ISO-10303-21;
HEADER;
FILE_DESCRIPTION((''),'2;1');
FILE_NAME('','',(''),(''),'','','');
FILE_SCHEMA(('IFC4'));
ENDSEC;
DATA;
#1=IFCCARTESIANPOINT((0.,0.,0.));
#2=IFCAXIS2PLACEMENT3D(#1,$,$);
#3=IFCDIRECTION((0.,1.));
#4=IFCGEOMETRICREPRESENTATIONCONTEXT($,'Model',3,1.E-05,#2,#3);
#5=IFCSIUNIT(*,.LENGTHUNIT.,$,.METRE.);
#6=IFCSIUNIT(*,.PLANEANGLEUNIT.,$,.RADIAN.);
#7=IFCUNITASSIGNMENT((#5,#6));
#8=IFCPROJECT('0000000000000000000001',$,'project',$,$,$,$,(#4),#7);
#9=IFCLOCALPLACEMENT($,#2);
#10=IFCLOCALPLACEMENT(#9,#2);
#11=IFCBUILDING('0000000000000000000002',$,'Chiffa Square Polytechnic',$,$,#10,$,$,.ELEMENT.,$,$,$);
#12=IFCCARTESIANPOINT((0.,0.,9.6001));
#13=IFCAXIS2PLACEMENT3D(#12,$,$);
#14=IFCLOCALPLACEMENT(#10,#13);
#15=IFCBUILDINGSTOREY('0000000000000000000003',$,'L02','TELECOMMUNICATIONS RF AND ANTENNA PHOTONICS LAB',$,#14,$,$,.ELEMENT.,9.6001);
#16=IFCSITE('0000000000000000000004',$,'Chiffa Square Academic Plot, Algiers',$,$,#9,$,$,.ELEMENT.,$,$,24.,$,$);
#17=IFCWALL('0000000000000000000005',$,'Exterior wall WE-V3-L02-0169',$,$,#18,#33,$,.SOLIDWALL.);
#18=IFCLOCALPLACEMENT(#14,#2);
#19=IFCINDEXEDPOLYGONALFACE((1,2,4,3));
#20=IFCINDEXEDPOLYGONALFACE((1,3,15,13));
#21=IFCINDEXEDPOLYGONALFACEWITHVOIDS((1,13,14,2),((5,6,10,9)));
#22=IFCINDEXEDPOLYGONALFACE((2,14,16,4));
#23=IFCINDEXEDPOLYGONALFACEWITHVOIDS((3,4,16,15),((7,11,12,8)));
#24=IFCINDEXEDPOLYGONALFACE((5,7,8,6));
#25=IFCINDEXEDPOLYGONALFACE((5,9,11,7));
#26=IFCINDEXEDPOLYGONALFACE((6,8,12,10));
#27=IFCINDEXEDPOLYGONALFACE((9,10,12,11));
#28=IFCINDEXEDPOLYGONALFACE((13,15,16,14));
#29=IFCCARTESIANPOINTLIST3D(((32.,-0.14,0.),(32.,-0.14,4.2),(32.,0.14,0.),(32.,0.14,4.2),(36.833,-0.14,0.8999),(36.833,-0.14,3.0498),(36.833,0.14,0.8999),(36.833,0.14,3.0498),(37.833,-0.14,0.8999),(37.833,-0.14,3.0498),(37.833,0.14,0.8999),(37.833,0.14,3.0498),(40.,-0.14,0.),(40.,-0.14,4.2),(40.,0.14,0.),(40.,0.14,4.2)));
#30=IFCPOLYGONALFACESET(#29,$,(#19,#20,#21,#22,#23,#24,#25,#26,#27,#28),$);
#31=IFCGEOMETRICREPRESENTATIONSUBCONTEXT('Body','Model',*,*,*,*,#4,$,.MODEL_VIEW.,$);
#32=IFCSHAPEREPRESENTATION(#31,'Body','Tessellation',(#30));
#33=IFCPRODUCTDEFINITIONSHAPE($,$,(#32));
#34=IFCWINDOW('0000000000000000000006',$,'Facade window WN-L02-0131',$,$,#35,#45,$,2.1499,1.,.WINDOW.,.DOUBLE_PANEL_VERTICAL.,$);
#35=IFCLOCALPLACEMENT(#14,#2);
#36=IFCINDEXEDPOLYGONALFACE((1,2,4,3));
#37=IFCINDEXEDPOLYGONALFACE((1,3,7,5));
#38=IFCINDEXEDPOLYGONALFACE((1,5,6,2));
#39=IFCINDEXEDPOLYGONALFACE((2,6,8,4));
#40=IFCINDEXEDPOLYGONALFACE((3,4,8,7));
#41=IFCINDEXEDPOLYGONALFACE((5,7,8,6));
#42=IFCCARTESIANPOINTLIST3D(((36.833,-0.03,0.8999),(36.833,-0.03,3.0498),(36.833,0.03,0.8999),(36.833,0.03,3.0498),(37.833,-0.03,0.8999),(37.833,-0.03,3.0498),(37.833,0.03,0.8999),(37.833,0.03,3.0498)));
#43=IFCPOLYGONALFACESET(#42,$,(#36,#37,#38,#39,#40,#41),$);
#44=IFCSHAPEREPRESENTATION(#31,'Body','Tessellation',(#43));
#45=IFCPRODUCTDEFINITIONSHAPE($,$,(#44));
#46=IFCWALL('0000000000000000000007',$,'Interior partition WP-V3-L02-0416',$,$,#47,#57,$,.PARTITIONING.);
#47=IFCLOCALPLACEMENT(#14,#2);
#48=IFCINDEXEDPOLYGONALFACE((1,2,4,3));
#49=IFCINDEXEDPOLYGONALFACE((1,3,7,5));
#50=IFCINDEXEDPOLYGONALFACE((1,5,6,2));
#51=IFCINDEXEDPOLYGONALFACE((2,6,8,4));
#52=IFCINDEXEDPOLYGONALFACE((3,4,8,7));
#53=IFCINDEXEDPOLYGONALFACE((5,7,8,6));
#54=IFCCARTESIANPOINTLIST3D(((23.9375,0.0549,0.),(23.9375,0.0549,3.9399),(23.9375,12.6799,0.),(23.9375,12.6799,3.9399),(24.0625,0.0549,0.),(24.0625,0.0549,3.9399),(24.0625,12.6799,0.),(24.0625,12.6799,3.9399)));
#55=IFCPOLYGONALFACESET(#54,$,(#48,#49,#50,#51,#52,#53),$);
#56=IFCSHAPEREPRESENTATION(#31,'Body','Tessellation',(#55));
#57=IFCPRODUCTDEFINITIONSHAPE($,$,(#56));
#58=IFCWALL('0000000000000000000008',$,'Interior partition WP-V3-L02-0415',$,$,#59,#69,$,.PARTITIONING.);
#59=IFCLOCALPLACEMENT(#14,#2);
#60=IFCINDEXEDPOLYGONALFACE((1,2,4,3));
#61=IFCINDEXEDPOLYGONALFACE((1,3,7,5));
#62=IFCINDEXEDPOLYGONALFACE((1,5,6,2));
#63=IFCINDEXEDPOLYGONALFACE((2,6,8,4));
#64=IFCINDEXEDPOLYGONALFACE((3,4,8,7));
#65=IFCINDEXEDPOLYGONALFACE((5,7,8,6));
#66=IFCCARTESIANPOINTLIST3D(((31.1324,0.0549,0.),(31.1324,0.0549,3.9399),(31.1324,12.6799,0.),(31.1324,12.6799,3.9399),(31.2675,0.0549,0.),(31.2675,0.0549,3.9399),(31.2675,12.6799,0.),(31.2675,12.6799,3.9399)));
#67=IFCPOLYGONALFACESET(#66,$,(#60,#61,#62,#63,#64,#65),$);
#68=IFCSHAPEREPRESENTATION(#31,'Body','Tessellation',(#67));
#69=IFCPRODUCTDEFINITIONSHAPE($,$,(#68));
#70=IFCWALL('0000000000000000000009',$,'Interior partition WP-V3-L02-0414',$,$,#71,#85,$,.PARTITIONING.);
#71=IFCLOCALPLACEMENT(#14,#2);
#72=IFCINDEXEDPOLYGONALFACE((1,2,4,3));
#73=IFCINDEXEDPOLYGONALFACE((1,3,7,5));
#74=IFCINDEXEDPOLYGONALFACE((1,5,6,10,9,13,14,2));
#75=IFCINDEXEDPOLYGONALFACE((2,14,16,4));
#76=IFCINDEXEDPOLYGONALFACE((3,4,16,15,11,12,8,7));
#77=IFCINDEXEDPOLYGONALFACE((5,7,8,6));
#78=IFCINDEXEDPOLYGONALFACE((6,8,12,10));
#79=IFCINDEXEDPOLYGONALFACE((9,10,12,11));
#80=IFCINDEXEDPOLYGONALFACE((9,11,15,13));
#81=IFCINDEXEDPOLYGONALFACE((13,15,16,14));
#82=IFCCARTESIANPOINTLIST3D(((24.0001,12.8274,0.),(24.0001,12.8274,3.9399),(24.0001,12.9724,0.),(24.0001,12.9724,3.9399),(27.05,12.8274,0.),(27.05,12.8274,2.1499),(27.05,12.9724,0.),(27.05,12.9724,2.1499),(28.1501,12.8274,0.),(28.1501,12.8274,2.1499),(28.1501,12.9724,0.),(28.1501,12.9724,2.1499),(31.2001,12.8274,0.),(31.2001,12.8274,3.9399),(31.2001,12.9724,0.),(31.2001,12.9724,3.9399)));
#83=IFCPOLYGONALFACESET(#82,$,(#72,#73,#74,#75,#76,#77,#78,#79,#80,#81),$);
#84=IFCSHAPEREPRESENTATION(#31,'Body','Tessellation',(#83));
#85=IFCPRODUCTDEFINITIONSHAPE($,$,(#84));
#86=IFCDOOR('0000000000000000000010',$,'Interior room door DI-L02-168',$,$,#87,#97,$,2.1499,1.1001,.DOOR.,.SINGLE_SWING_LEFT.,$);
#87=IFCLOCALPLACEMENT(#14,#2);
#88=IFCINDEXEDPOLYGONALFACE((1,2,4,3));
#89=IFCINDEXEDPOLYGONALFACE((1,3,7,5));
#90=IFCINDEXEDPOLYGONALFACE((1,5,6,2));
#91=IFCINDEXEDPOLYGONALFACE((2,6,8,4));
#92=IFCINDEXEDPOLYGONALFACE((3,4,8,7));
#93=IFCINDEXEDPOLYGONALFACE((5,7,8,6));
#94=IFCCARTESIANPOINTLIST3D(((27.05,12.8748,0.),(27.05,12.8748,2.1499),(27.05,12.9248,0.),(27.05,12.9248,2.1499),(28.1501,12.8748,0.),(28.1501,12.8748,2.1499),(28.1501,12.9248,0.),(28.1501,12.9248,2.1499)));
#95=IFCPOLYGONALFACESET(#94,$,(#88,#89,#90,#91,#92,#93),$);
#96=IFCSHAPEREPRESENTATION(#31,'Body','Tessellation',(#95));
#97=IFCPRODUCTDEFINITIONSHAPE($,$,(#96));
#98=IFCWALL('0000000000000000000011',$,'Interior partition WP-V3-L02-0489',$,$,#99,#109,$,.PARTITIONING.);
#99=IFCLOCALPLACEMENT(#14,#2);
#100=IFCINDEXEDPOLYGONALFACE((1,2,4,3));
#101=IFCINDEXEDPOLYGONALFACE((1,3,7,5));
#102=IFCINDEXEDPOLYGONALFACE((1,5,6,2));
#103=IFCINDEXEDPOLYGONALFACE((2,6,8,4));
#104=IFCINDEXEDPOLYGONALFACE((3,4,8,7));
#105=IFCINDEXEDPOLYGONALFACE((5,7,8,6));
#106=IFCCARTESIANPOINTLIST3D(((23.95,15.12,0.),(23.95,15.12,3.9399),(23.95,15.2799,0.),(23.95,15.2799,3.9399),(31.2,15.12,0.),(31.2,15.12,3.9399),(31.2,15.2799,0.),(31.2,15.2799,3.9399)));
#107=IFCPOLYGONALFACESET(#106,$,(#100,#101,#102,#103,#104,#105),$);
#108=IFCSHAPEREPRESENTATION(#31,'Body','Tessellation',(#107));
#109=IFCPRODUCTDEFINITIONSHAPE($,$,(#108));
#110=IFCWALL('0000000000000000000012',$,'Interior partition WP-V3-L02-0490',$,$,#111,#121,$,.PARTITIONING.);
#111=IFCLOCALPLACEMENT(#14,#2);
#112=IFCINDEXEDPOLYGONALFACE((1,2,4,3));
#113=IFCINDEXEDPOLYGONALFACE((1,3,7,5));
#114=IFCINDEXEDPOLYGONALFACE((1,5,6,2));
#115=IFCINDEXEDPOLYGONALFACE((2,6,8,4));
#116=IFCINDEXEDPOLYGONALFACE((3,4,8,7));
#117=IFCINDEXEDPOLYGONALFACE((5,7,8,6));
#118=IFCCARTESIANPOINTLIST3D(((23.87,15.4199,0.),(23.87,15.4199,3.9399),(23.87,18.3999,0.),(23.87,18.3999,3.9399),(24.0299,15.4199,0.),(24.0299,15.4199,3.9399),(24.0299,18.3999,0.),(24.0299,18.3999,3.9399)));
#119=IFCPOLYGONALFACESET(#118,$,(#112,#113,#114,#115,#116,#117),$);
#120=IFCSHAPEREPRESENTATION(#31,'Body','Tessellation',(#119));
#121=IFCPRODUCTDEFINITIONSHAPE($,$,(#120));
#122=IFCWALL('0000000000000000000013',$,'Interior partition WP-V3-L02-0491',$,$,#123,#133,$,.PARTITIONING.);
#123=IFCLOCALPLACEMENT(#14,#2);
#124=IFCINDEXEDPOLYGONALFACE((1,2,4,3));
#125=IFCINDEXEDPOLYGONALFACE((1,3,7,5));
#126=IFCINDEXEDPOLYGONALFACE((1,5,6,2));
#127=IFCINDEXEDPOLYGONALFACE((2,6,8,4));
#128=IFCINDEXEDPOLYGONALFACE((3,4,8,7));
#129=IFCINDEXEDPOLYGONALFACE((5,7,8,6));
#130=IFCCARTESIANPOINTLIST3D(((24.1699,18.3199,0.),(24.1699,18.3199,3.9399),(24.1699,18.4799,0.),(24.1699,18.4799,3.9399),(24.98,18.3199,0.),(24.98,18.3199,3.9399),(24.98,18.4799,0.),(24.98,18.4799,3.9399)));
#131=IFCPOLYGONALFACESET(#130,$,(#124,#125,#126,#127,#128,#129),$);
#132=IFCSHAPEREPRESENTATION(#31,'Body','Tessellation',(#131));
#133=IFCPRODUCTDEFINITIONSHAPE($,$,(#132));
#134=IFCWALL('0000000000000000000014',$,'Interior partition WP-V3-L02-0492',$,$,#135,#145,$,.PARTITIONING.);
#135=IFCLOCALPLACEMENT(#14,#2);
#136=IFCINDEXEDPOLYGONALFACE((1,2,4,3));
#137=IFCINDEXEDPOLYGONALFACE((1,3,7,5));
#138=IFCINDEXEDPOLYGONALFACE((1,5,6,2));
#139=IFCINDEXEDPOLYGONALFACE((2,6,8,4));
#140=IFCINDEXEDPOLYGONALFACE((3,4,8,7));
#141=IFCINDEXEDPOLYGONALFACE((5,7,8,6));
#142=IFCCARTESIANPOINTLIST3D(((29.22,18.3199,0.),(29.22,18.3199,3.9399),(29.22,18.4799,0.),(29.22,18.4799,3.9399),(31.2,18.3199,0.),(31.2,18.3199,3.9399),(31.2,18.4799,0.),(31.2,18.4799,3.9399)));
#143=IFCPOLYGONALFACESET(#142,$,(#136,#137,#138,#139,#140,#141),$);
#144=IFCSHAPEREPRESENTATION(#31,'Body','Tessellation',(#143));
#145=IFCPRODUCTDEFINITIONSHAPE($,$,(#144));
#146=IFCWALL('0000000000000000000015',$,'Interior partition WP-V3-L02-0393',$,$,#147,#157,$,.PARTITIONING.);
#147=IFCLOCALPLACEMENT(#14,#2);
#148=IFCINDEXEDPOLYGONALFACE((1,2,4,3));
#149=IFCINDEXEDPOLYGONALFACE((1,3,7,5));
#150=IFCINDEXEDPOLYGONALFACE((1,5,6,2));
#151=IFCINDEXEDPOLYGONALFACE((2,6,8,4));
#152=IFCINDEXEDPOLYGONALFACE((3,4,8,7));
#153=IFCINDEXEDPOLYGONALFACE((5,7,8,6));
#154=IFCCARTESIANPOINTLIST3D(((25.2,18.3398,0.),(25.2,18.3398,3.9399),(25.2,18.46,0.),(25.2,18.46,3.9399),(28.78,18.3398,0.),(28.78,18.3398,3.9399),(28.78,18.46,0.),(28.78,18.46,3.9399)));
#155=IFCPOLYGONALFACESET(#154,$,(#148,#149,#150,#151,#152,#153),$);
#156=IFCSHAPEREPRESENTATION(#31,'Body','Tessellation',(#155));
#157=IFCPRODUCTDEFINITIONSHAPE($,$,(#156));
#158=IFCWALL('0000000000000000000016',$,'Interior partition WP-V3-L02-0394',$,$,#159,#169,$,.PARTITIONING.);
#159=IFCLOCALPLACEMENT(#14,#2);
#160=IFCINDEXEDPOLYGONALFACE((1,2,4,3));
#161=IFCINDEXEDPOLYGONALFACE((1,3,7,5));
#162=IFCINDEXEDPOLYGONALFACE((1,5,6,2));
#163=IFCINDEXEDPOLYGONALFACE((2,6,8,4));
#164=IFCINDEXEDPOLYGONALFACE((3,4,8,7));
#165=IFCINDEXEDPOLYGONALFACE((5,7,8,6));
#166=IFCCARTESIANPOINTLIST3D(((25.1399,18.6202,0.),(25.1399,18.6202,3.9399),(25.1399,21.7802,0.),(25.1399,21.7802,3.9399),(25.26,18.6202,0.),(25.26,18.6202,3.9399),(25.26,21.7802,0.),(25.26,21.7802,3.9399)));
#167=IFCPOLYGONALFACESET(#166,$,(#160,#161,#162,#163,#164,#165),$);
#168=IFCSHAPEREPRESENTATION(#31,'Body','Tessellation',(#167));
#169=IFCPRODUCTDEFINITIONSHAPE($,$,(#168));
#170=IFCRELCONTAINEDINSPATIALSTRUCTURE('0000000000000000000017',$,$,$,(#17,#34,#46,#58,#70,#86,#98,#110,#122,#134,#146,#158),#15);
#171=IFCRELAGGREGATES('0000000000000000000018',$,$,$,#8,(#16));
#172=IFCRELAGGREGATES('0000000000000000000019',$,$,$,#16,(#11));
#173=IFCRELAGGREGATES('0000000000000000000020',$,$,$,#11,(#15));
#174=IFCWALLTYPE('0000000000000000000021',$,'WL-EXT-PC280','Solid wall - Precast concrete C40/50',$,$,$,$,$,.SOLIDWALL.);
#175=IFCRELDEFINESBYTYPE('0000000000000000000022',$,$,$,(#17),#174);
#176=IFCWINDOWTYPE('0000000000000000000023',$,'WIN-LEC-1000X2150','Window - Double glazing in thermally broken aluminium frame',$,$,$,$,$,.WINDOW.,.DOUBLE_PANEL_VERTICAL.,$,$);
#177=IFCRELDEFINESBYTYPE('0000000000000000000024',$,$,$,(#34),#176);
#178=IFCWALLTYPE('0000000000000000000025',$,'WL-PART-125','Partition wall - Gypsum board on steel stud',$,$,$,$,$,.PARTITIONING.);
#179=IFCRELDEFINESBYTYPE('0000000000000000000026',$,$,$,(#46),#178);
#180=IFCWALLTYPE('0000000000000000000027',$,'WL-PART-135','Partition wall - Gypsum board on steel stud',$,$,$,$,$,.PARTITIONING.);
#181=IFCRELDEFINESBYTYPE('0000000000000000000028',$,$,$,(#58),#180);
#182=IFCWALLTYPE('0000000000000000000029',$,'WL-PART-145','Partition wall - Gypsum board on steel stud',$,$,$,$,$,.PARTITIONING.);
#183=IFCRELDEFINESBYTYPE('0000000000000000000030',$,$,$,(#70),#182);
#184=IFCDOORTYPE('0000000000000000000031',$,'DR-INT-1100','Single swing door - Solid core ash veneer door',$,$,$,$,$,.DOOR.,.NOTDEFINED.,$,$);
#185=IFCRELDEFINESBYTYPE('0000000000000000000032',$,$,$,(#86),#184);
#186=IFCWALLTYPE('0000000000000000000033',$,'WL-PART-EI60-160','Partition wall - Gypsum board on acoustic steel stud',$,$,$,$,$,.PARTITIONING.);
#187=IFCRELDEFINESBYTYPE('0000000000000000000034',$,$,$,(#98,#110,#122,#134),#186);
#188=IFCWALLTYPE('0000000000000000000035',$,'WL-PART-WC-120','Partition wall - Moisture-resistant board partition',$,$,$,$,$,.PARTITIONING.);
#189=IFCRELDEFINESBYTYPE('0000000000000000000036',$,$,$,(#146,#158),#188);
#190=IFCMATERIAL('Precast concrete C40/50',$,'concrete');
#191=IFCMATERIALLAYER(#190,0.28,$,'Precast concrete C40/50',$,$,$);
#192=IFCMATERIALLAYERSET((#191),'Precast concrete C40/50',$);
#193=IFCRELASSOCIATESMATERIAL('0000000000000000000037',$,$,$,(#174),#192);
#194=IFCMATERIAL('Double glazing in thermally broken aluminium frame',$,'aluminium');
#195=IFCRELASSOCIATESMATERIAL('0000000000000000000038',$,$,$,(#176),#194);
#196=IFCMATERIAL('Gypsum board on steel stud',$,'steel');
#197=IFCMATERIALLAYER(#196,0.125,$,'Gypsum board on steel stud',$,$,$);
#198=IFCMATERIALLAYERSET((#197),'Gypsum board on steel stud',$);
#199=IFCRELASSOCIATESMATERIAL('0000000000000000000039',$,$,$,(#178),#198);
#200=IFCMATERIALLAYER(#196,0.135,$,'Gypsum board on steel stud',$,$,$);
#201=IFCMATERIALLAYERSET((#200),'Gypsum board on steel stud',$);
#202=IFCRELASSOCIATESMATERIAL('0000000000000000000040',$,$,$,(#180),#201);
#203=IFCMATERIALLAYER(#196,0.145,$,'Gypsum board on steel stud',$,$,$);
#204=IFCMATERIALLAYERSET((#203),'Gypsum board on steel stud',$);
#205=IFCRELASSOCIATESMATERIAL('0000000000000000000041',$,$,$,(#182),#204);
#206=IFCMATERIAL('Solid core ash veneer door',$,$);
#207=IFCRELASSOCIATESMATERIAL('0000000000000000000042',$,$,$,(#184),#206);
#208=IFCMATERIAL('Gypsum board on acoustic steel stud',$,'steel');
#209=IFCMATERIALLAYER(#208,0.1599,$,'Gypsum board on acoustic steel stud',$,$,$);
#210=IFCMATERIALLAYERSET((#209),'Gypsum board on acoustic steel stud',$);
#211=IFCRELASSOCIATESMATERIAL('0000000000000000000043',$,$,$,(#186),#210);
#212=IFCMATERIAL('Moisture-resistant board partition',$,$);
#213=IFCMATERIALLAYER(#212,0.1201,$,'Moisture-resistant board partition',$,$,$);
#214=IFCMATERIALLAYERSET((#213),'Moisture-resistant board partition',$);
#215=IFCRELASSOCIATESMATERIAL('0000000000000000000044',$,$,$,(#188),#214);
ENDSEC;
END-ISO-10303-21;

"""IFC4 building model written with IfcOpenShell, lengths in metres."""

from ifc_helpers import new_model, si_unit, direction, frame, frame_2d, origin, place, context, subcontext, project, spatial, rectangle, extrude, material, layer, layer_set, type_object, element, fill, save


model = new_model("IFC4")

# Units and contexts
model_context = context("Model", 3, precision=1e-05, world=origin(), true_north=direction((0.0, 1.0)))
body_context = subcontext(model_context, "Body", "Model", "MODEL_VIEW")
ifc_project = project(units=[si_unit("LENGTHUNIT", "METRE"), si_unit("PLANEANGLEUNIT", "RADIAN")], contexts=[model_context])

# Site, building, storey
site_placement = place(None, origin())
site = spatial("IfcSite", under=ifc_project, at=site_placement, Name="Chiffa Square Academic Plot, Algiers", CompositionType="ELEMENT", RefElevation=24.0)
building_placement = place(site_placement, origin())
building = spatial("IfcBuilding", under=site, at=building_placement, Name="Chiffa Square Polytechnic", CompositionType="ELEMENT")
storey_placement = place(building_placement, frame((0.0, 0.0, 9.6001)))
storey = spatial("IfcBuildingStorey", under=building, at=storey_placement, Name="L02", Description="TELECOMMUNICATIONS RF AND ANTENNA PHOTONICS LAB", CompositionType="ELEMENT", Elevation=9.6001)

# Wall, opening, window
ifc_material_1 = material(Name="Precast concrete C40/50", Category="concrete")
ifc_layer_1 = layer(ifc_material_1, 0.28, Name="Precast concrete C40/50")
ifc_layer_set_1 = layer_set([ifc_layer_1], Name="Precast concrete C40/50")
wall_type_1 = type_object("IfcWallType", Name="WL-EXT-PC280", Description="Solid wall - Precast concrete C40/50", PredefinedType="SOLIDWALL", material=ifc_layer_set_1)
wall_1_placement = place(storey_placement, frame((32.0, 0.0, 0.0), z_axis=(0.0, 0.0, 1.0), x_axis=(1.0, 0.0, 0.0)))
wall_1 = element("IfcWall", 1, at=wall_1_placement, inside=storey, type_object=wall_type_1, Name="Exterior wall WE-V3-L02-0169", PredefinedType="SOLIDWALL", context=body_context, shape_type="SweptSolid", body=[
    extrude(rectangle(XDim=8.0, YDim=0.28, at=frame_2d((4.0, 0.0))), origin(), (0.0, 0.0, 1.0), 4.2),
])
opening_1_placement = place(wall_1_placement, frame((4.833, 0.0, 0.8999)))
opening_1 = element("IfcOpeningElement", 2, at=opening_1_placement, cuts=wall_1, PredefinedType="OPENING", context=body_context, shape_type="SweptSolid", body=[
    extrude(rectangle(XDim=1.0, YDim=2.1499, at=frame_2d((0.5, 1.075))), frame((0.0, 0.1499, 0.0), z_axis=(0.0, -1.0, 0.0), x_axis=(1.0, 0.0, 0.0)), (0.0, 0.0, 1.0), 0.3),
])
ifc_material_2 = material(Name="Double glazing in thermally broken aluminium frame", Category="aluminium")
window_type = type_object("IfcWindowType", Name="WIN-LEC-1000X2150", Description="Window - Double glazing in thermally broken aluminium frame", PartitioningType="DOUBLE_PANEL_VERTICAL", PredefinedType="WINDOW", material=ifc_material_2)
window_placement = place(opening_1_placement, origin())
window = element("IfcWindow", 3, at=window_placement, inside=storey, type_object=window_type, Name="Facade window WN-L02-0131", OverallHeight=2.1499, OverallWidth=1.0, PartitioningType="DOUBLE_PANEL_VERTICAL", PredefinedType="WINDOW", context=body_context, shape_type="SweptSolid", body=[
    extrude(rectangle(XDim=1.0, YDim=2.1499, at=frame_2d((0.5, 1.075))), frame((0.0, 0.03, 0.0), z_axis=(0.0, -1.0, 0.0), x_axis=(1.0, 0.0, 0.0)), (0.0, 0.0, 1.0), 0.0601),
])
fill(opening_1, window)

# Walls
ifc_material_3 = material(Name="Gypsum board on steel stud", Category="steel")
ifc_layer_2 = layer(ifc_material_3, 0.125, Name="Gypsum board on steel stud")
ifc_layer_set_2 = layer_set([ifc_layer_2], Name="Gypsum board on steel stud")
wall_type_2 = type_object("IfcWallType", Name="WL-PART-125", Description="Partition wall - Gypsum board on steel stud", PredefinedType="PARTITIONING", material=ifc_layer_set_2)
wall_2_placement = place(storey_placement, frame((24.0, 0.0549, 0.0), z_axis=(0.0, 0.0, 1.0), x_axis=(0.0, 1.0, 0.0)))
element("IfcWall", 4, at=wall_2_placement, inside=storey, type_object=wall_type_2, Name="Interior partition WP-V3-L02-0416", PredefinedType="PARTITIONING", context=body_context, shape_type="SweptSolid", body=[
    extrude(rectangle(XDim=12.625, YDim=0.125, at=frame_2d((6.3125, 0.0))), origin(), (0.0, 0.0, 1.0), 3.9399),
])
ifc_layer_3 = layer(ifc_material_3, 0.135, Name="Gypsum board on steel stud")
ifc_layer_set_3 = layer_set([ifc_layer_3], Name="Gypsum board on steel stud")
wall_type_3 = type_object("IfcWallType", Name="WL-PART-135", Description="Partition wall - Gypsum board on steel stud", PredefinedType="PARTITIONING", material=ifc_layer_set_3)
wall_3_placement = place(storey_placement, frame((31.2, 0.0549, 0.0), z_axis=(0.0, 0.0, 1.0), x_axis=(0.0, 1.0, 0.0)))
element("IfcWall", 5, at=wall_3_placement, inside=storey, type_object=wall_type_3, Name="Interior partition WP-V3-L02-0415", PredefinedType="PARTITIONING", context=body_context, shape_type="SweptSolid", body=[
    extrude(rectangle(XDim=12.625, YDim=0.135, at=frame_2d((6.3125, 0.0))), origin(), (0.0, 0.0, 1.0), 3.9399),
])

# Wall, opening, door
ifc_layer_4 = layer(ifc_material_3, 0.145, Name="Gypsum board on steel stud")
ifc_layer_set_4 = layer_set([ifc_layer_4], Name="Gypsum board on steel stud")
wall_type_4 = type_object("IfcWallType", Name="WL-PART-145", Description="Partition wall - Gypsum board on steel stud", PredefinedType="PARTITIONING", material=ifc_layer_set_4)
wall_4_placement = place(storey_placement, frame((24.0, 12.8999, 0.0), z_axis=(0.0, 0.0, 1.0), x_axis=(1.0, 0.0, 0.0)))
wall_4 = element("IfcWall", 6, at=wall_4_placement, inside=storey, type_object=wall_type_4, Name="Interior partition WP-V3-L02-0414", PredefinedType="PARTITIONING", context=body_context, shape_type="SweptSolid", body=[
    extrude(rectangle(XDim=7.2, YDim=0.145, at=frame_2d((3.6001, 0.0))), origin(), (0.0, 0.0, 1.0), 3.9399),
])
opening_2_placement = place(wall_4_placement, frame((3.05, 0.0, 0.0)))
opening_2 = element("IfcOpeningElement", 7, at=opening_2_placement, cuts=wall_4, PredefinedType="OPENING", context=body_context, shape_type="SweptSolid", body=[
    extrude(rectangle(XDim=1.1001, YDim=2.1499, at=frame_2d((0.55, 1.075))), frame((0.0, 0.0825, 0.0), z_axis=(0.0, -1.0, 0.0), x_axis=(1.0, 0.0, 0.0)), (0.0, 0.0, 1.0), 0.165),
])
ifc_material_4 = material(Name="Solid core ash veneer door")
door_type = type_object("IfcDoorType", Name="DR-INT-1100", Description="Single swing door - Solid core ash veneer door", OperationType="NOTDEFINED", PredefinedType="DOOR", material=ifc_material_4)
door_1_placement = place(opening_2_placement, origin())
door_1 = element("IfcDoor", 8, at=door_1_placement, inside=storey, type_object=door_type, Name="Interior room door DI-L02-168", OperationType="SINGLE_SWING_LEFT", OverallHeight=2.1499, OverallWidth=1.1001, PredefinedType="DOOR", context=body_context, shape_type="SweptSolid", body=[
    extrude(rectangle(XDim=1.1001, YDim=2.1499, at=frame_2d((0.55, 1.075))), frame((0.0, 0.0249, 0.0), z_axis=(0.0, -1.0, 0.0), x_axis=(1.0, 0.0, 0.0)), (0.0, 0.0, 1.0), 0.05),
])
fill(opening_2, door_1)

# Walls
ifc_material_5 = material(Name="Gypsum board on acoustic steel stud", Category="steel")
ifc_layer_5 = layer(ifc_material_5, 0.1599, Name="Gypsum board on acoustic steel stud")
ifc_layer_set_5 = layer_set([ifc_layer_5], Name="Gypsum board on acoustic steel stud")
wall_type_5 = type_object("IfcWallType", Name="WL-PART-EI60-160", Description="Partition wall - Gypsum board on acoustic steel stud", PredefinedType="PARTITIONING", material=ifc_layer_set_5)
wall_5_placement = place(storey_placement, frame((23.95, 15.2, 0.0), z_axis=(0.0, 0.0, 1.0), x_axis=(1.0, 0.0, 0.0)))
element("IfcWall", 9, at=wall_5_placement, inside=storey, type_object=wall_type_5, Name="Interior partition WP-V3-L02-0489", PredefinedType="PARTITIONING", context=body_context, shape_type="SweptSolid", body=[
    extrude(rectangle(XDim=7.25, YDim=0.1599, at=frame_2d((3.625, 0.0))), origin(), (0.0, 0.0, 1.0), 3.9399),
])
wall_6_placement = place(storey_placement, frame((23.95, 15.4199, 0.0), z_axis=(0.0, 0.0, 1.0), x_axis=(0.0, 1.0, 0.0)))
element("IfcWall", 10, at=wall_6_placement, inside=storey, type_object=wall_type_5, Name="Interior partition WP-V3-L02-0490", PredefinedType="PARTITIONING", context=body_context, shape_type="SweptSolid", body=[
    extrude(rectangle(XDim=2.98, YDim=0.1599, at=frame_2d((1.49, 0.0))), origin(), (0.0, 0.0, 1.0), 3.9399),
])
wall_7_placement = place(storey_placement, frame((24.1699, 18.3999, 0.0), z_axis=(0.0, 0.0, 1.0), x_axis=(1.0, 0.0, 0.0)))
element("IfcWall", 11, at=wall_7_placement, inside=storey, type_object=wall_type_5, Name="Interior partition WP-V3-L02-0491", PredefinedType="PARTITIONING", context=body_context, shape_type="SweptSolid", body=[
    extrude(rectangle(XDim=0.8101, YDim=0.1599, at=frame_2d((0.405, 0.0))), origin(), (0.0, 0.0, 1.0), 3.9399),
])
wall_8_placement = place(storey_placement, frame((29.22, 18.3999, 0.0), z_axis=(0.0, 0.0, 1.0), x_axis=(1.0, 0.0, 0.0)))
element("IfcWall", 12, at=wall_8_placement, inside=storey, type_object=wall_type_5, Name="Interior partition WP-V3-L02-0492", PredefinedType="PARTITIONING", context=body_context, shape_type="SweptSolid", body=[
    extrude(rectangle(XDim=1.98, YDim=0.1599, at=frame_2d((0.99, 0.0))), origin(), (0.0, 0.0, 1.0), 3.9399),
])

# Shared definitions
ifc_material_6 = material(Name="Moisture-resistant board partition")
ifc_layer_6 = layer(ifc_material_6, 0.1201, Name="Moisture-resistant board partition")
ifc_layer_set_6 = layer_set([ifc_layer_6], Name="Moisture-resistant board partition")
wall_type_6 = type_object("IfcWallType", Name="WL-PART-WC-120", Description="Partition wall - Moisture-resistant board partition", PredefinedType="PARTITIONING", material=ifc_layer_set_6)

# Walls
wall_9_placement = place(storey_placement, frame((25.2, 18.3999, 0.0), z_axis=(0.0, 0.0, 1.0), x_axis=(1.0, 0.0, 0.0)))
element("IfcWall", 13, at=wall_9_placement, inside=storey, type_object=wall_type_6, Name="Interior partition WP-V3-L02-0393", PredefinedType="PARTITIONING", context=body_context, shape_type="SweptSolid", body=[
    extrude(rectangle(XDim=3.5801, YDim=0.1201, at=frame_2d((1.79, 0.0))), origin(), (0.0, 0.0, 1.0), 3.9399),
])
wall_10_placement = place(storey_placement, frame((25.2, 18.6201, 0.0), z_axis=(0.0, 0.0, 1.0), x_axis=(0.0, 1.0, 0.0)))
element("IfcWall", 14, at=wall_10_placement, inside=storey, type_object=wall_type_6, Name="Interior partition WP-V3-L02-0394", PredefinedType="PARTITIONING", context=body_context, shape_type="SweptSolid", body=[
    extrude(rectangle(XDim=3.1599, YDim=0.1201, at=frame_2d((1.5801, 0.0))), origin(), (0.0, 0.0, 1.0), 3.9399),
])

save(model, "model.ifc")
